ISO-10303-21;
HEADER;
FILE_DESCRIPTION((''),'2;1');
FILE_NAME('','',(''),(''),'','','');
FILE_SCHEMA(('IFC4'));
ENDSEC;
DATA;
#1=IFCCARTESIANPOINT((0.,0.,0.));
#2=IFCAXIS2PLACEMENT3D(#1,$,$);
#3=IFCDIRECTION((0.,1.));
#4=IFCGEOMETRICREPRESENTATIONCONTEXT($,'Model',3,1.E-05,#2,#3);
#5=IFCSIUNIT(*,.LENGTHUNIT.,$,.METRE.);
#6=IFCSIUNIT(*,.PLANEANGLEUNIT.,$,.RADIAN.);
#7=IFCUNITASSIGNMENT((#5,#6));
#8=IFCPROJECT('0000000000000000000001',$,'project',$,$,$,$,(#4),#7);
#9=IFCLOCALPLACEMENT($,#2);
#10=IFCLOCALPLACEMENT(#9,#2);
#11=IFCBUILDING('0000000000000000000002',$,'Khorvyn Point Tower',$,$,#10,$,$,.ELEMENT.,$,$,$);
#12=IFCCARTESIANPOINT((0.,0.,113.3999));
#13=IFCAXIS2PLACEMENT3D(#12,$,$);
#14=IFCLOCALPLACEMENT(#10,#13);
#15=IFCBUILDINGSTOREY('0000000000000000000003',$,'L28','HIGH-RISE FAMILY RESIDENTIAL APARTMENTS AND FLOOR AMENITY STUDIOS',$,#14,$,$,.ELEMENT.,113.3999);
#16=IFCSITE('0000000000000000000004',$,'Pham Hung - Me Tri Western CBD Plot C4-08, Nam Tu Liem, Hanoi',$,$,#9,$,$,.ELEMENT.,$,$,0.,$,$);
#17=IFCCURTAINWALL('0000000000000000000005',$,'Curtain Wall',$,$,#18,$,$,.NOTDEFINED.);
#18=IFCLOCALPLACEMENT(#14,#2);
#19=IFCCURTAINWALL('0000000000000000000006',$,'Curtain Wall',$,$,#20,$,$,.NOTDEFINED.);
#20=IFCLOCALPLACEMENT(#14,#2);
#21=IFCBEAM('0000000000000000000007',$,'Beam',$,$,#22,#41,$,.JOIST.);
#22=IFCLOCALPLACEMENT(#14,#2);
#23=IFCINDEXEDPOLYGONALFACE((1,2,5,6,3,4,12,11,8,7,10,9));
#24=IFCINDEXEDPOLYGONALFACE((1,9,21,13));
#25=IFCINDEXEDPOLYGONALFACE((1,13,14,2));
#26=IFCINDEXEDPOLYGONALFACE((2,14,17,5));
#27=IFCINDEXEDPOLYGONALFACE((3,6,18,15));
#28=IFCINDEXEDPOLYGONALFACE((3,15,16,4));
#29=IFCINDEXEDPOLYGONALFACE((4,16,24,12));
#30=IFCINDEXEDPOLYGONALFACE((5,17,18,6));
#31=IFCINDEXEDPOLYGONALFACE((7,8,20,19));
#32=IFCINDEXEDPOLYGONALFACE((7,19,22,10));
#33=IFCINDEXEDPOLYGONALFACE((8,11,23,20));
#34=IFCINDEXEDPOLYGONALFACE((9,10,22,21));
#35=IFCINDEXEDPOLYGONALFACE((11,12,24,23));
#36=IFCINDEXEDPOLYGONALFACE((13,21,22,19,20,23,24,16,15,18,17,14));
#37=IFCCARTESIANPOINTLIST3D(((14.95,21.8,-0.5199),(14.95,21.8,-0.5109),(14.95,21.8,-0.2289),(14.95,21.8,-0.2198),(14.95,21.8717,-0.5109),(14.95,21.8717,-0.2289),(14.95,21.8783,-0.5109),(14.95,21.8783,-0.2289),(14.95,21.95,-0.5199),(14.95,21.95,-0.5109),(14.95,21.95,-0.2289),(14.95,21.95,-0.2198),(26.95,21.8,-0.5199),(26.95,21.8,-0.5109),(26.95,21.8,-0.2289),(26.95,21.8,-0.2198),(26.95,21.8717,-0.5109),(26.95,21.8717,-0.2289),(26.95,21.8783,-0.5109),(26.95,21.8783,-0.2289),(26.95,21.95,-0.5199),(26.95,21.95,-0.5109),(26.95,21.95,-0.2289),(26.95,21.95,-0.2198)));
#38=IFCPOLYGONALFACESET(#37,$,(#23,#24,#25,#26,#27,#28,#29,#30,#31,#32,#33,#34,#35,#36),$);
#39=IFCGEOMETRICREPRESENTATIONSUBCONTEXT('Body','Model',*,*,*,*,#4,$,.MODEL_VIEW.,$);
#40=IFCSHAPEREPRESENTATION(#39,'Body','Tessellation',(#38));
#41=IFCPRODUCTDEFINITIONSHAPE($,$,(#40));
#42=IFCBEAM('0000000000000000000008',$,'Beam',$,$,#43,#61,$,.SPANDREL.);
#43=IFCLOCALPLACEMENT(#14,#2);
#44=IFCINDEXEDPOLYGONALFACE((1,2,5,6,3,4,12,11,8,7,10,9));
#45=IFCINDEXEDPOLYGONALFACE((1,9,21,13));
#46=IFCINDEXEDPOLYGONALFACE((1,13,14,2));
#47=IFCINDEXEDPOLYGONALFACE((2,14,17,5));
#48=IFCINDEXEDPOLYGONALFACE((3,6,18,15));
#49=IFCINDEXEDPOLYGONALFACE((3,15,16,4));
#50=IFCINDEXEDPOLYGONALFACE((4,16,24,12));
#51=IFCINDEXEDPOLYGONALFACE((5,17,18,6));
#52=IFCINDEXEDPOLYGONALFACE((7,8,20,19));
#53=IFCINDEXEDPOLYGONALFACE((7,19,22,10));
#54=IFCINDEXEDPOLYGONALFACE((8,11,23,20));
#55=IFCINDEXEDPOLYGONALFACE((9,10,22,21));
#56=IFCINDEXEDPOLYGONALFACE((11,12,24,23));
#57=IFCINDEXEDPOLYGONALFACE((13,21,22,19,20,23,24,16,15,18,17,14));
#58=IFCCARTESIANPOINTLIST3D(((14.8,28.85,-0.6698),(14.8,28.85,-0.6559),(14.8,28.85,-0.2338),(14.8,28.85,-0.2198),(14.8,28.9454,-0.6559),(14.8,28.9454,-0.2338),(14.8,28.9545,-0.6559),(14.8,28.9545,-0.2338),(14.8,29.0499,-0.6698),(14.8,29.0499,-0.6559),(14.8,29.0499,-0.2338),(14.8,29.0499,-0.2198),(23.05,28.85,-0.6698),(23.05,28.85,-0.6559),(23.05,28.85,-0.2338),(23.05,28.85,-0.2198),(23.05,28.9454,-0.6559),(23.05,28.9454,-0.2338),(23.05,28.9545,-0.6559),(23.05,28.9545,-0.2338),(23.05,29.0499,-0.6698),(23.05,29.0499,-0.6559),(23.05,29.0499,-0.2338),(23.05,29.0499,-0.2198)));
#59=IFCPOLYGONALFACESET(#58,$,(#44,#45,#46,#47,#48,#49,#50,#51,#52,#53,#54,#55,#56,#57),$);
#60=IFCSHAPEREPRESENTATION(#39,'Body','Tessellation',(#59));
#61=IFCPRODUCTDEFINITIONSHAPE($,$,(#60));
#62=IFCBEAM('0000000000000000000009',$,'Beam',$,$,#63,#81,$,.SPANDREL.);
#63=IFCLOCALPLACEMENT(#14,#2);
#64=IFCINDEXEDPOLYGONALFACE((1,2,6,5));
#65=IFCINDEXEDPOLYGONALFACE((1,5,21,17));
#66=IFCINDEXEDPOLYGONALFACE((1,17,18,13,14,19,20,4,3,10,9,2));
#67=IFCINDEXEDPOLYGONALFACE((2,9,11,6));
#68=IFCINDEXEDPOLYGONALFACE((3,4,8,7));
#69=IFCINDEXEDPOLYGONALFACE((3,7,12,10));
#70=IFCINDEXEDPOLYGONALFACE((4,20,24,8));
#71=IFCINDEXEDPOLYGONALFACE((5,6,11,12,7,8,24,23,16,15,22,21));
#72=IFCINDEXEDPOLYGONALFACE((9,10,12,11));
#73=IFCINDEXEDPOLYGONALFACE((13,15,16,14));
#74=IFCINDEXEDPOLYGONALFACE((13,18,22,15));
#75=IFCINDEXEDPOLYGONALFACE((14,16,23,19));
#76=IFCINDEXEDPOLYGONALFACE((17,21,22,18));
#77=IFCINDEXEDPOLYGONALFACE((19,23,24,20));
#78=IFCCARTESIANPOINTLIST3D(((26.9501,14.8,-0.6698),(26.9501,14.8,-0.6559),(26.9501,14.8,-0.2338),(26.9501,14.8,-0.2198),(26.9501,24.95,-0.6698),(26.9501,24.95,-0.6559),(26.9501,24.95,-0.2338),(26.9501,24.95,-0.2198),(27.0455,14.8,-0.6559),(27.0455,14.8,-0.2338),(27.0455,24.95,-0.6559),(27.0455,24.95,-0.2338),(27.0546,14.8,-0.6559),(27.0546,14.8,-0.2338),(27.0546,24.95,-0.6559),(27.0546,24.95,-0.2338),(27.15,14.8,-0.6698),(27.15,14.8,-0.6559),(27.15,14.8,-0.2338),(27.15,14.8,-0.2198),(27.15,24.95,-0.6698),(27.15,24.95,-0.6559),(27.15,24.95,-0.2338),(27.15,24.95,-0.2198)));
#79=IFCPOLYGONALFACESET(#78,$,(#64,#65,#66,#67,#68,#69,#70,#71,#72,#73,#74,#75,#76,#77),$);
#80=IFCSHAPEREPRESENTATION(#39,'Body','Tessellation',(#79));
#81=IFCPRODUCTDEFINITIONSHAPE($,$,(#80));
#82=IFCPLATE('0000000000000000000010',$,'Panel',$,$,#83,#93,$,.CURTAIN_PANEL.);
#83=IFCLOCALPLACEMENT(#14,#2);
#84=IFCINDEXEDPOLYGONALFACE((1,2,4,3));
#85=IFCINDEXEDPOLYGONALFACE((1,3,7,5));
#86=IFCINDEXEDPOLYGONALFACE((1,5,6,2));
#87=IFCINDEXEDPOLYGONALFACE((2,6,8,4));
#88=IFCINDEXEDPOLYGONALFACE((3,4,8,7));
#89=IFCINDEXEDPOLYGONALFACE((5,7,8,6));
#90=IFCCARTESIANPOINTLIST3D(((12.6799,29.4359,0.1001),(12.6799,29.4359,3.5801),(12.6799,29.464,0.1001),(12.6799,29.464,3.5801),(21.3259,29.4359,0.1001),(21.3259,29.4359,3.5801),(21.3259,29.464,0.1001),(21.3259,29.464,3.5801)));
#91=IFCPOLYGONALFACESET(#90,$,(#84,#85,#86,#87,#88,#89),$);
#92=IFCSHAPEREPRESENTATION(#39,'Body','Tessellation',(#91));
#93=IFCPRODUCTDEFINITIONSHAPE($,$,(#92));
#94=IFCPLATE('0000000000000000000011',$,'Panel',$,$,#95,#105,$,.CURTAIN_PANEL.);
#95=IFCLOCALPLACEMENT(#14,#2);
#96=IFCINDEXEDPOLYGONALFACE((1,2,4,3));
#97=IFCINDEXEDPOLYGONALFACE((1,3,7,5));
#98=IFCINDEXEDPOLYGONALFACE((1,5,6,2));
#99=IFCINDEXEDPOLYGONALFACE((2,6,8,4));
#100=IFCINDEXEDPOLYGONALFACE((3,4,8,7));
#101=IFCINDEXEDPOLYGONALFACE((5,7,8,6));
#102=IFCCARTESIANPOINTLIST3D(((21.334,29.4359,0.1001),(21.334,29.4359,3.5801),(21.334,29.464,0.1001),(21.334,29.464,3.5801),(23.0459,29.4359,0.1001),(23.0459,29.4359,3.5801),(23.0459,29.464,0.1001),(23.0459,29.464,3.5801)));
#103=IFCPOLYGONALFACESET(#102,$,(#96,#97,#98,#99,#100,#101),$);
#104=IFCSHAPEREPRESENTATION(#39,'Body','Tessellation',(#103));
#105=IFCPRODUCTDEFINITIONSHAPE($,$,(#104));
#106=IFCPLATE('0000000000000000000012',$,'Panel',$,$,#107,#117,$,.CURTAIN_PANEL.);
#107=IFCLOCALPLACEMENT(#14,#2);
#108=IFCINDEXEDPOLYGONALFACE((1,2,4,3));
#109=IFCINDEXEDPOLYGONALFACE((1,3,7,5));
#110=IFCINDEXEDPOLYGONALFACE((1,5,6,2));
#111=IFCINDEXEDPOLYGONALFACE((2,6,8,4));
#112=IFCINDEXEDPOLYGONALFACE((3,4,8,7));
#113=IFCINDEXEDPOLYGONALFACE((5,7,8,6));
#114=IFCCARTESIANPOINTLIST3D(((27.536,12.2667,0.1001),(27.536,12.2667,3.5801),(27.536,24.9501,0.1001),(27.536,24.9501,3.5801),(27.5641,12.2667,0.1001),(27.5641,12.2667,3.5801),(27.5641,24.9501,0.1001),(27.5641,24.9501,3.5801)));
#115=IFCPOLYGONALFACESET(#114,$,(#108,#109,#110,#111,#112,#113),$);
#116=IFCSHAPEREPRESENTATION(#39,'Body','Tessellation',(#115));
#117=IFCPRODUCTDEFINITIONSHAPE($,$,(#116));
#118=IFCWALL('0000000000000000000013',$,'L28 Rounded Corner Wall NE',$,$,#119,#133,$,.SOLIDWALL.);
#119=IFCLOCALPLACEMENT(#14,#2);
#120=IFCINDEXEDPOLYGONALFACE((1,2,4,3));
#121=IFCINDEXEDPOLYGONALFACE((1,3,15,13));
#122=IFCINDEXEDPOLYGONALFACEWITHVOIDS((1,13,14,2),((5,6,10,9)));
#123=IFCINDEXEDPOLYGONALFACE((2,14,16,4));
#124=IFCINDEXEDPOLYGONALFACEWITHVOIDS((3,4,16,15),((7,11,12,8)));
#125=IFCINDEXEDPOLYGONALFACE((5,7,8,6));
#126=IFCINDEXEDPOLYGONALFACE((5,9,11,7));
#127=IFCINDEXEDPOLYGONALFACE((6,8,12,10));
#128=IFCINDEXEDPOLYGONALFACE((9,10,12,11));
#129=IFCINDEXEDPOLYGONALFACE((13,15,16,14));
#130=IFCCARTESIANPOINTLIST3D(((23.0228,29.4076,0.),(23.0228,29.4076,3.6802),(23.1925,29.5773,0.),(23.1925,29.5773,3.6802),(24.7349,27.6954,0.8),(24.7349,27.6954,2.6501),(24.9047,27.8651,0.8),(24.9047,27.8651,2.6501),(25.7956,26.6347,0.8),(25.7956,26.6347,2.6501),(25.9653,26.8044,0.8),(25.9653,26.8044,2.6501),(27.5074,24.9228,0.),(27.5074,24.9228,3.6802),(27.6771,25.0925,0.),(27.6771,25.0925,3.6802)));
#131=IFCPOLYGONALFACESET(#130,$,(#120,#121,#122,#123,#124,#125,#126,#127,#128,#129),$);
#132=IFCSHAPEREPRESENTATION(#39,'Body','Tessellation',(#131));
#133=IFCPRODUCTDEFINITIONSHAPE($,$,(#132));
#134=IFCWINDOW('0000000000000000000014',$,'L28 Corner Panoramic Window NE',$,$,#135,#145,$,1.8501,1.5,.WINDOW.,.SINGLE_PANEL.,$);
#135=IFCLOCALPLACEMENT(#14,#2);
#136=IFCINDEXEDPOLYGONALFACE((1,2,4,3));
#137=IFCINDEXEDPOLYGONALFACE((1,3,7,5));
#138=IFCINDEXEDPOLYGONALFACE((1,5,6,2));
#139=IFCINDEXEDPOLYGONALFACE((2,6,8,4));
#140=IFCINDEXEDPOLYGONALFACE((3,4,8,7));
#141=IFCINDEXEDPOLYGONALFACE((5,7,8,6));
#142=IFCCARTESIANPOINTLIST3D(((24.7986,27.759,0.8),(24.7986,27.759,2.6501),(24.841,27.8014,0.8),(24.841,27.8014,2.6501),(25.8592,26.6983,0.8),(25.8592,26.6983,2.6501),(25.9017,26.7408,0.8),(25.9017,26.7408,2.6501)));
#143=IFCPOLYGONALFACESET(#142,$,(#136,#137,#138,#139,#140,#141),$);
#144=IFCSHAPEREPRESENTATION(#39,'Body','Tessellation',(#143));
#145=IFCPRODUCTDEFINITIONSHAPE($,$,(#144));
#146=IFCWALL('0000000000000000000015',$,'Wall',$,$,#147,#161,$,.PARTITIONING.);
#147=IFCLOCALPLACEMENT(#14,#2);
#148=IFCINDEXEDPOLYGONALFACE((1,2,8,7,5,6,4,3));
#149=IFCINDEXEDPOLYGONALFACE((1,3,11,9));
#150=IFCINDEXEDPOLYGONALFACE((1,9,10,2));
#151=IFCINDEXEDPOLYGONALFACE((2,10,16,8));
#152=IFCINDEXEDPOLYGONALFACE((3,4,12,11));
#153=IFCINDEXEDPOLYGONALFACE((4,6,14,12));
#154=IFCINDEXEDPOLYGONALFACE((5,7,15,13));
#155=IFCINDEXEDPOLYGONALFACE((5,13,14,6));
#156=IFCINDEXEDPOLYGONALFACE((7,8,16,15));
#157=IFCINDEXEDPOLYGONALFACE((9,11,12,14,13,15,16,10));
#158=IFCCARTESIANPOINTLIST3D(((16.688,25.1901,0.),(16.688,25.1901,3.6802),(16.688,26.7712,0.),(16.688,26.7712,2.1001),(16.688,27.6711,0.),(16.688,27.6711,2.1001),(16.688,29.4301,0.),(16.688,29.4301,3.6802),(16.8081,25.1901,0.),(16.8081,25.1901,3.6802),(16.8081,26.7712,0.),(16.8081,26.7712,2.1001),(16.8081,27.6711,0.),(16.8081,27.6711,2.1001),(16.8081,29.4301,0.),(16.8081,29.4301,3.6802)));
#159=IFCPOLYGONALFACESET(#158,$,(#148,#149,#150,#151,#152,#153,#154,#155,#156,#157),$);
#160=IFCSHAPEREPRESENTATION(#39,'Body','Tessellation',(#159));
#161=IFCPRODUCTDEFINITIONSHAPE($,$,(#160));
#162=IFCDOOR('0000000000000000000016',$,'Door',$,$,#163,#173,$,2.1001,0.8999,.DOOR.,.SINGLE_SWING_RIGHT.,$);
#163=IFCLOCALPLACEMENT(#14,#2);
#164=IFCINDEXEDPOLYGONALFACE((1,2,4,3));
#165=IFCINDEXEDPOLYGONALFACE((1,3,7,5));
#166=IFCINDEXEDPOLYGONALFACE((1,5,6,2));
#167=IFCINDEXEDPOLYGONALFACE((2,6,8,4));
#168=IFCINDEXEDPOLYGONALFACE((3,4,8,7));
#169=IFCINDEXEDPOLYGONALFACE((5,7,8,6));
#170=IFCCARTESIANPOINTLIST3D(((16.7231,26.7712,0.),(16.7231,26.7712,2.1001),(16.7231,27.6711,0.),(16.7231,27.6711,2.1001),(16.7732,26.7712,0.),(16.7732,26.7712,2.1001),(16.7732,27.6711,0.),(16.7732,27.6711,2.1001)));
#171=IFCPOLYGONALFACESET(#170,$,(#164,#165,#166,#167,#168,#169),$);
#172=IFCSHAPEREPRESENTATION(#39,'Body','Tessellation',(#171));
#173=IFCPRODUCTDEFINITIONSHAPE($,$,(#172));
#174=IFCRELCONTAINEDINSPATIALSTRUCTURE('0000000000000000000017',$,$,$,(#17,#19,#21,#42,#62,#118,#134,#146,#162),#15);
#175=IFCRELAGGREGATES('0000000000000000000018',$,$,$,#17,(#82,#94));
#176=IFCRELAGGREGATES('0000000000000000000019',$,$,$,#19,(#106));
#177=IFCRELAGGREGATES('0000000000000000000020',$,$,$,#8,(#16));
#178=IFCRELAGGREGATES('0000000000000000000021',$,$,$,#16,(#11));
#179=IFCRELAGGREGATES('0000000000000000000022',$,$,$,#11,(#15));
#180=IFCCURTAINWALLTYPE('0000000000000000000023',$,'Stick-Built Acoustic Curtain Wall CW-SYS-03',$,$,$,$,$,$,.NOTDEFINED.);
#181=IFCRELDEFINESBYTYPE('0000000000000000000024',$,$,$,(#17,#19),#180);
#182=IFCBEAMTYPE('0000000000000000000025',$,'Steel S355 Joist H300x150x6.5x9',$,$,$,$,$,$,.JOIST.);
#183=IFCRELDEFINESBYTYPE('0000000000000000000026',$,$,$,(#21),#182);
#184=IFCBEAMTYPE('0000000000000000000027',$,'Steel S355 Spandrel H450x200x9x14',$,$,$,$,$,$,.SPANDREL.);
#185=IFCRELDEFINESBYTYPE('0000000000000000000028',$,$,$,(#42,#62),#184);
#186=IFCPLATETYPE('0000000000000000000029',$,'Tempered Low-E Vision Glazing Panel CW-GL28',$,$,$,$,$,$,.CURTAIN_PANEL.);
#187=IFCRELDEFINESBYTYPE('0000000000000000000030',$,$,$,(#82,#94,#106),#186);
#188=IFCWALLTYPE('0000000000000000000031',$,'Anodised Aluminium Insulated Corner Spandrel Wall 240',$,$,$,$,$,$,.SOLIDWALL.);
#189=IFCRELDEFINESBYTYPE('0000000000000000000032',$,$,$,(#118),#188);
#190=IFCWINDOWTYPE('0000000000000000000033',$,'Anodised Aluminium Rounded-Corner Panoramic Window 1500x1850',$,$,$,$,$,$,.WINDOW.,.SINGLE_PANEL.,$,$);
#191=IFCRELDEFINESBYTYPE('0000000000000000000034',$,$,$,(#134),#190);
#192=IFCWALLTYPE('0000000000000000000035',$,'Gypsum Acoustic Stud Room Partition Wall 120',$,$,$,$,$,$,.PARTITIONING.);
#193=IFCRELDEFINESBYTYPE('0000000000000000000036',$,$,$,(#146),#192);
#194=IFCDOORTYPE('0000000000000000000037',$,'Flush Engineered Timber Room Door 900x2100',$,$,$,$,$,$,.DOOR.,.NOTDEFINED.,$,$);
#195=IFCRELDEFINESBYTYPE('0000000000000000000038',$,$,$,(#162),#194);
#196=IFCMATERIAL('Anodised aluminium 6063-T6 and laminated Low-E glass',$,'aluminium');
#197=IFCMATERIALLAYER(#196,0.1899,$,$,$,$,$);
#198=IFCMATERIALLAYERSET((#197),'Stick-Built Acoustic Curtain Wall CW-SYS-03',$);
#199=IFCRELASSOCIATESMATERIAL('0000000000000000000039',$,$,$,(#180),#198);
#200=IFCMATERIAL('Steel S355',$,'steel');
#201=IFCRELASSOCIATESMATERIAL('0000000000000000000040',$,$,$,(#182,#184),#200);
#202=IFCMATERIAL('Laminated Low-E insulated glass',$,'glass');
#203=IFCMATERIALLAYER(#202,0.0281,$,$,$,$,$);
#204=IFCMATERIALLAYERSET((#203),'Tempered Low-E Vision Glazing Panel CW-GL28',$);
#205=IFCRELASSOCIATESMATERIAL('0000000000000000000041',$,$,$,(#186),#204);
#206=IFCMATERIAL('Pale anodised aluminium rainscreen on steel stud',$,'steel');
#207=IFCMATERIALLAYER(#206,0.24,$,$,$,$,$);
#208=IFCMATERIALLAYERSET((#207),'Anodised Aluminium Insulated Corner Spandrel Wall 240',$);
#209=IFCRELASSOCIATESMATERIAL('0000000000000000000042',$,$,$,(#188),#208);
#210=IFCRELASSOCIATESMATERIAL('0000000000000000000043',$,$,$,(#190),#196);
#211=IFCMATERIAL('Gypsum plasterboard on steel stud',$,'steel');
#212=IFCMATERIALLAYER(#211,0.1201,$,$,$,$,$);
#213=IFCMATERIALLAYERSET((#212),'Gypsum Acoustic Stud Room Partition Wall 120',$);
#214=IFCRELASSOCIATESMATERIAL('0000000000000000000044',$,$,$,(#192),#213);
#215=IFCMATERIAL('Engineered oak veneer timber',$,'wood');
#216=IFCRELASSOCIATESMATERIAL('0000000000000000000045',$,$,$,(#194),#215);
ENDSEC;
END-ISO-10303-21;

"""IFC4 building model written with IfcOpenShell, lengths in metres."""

from ifc_helpers import new_model, si_unit, direction, frame, frame_2d, origin, origin_2d, place, context, subcontext, project, spatial, rectangle, i_section, extrude, material, layer, layer_set, material_profile, profile_set, type_object, element, fill, aggregate, save


model = new_model("IFC4")

# Units and contexts
model_context = context("Model", 3, precision=1e-05, world=origin(), true_north=direction((0.0, 1.0)))
body_context = subcontext(model_context, "Body", "Model", "MODEL_VIEW")
ifc_project = project(units=[si_unit("LENGTHUNIT", "METRE"), si_unit("PLANEANGLEUNIT", "RADIAN")], contexts=[model_context])

# Site, building, storey
site_placement = place(None, origin())
site = spatial("IfcSite", under=ifc_project, at=site_placement, Name="Pham Hung - Me Tri Western CBD Plot C4-08, Nam Tu Liem, Hanoi", CompositionType="ELEMENT", RefElevation=0.0)
building_placement = place(site_placement, origin())
building = spatial("IfcBuilding", under=site, at=building_placement, Name="Khorvyn Point Tower", CompositionType="ELEMENT")
storey_placement = place(building_placement, frame((0.0, 0.0, 113.3999)))
storey = spatial("IfcBuildingStorey", under=building, at=storey_placement, Name="L28", Description="HIGH-RISE FAMILY RESIDENTIAL APARTMENTS AND FLOOR AMENITY STUDIOS", CompositionType="ELEMENT", Elevation=113.3999)

# Curtain wall
ifc_material_1 = material(Name="Anodised aluminium 6063-T6 and laminated Low-E glass", Category="aluminium")
ifc_layer_1 = layer(ifc_material_1, 0.1899)
ifc_layer_set_1 = layer_set([ifc_layer_1], Name="Stick-Built Acoustic Curtain Wall CW-SYS-03")
curtain_wall_type = type_object("IfcCurtainWallType", Name="Stick-Built Acoustic Curtain Wall CW-SYS-03", PredefinedType="NOTDEFINED", material=ifc_layer_set_1)
curtain_wall_1_placement = place(storey_placement, origin())
curtain_wall_1 = element("IfcCurtainWall", 1, at=curtain_wall_1_placement, inside=storey, type_object=curtain_wall_type, Name="Curtain Wall", PredefinedType="NOTDEFINED")

# Curtain wall
curtain_wall_2_placement = place(storey_placement, origin())
curtain_wall_2 = element("IfcCurtainWall", 2, at=curtain_wall_2_placement, inside=storey, type_object=curtain_wall_type, Name="Curtain Wall", PredefinedType="NOTDEFINED")

# Beams
ifc_material_2 = material(Name="Steel S355", Category="steel")
ifc_material_profile_1 = material_profile(ifc_material_2, i_section(OverallWidth=0.1499, OverallDepth=0.3, WebThickness=0.0066, FlangeThickness=0.009, at=origin_2d()))
ifc_profile_set_1 = profile_set([ifc_material_profile_1], Name="Steel S355 H300x150x6.5x9")
beam_type_1 = type_object("IfcBeamType", Name="Steel S355 Joist H300x150x6.5x9", PredefinedType="JOIST", material=ifc_profile_set_1)
beam_1_placement = place(storey_placement, frame((14.95, 21.875, -0.3699), z_axis=(1.0, 0.0, 0.0), x_axis=(0.0, 1.0, 0.0)))
element("IfcBeam", 3, at=beam_1_placement, inside=storey, type_object=beam_type_1, Name="Beam", PredefinedType="JOIST", context=body_context, shape_type="SweptSolid", body=[
    extrude(i_section(OverallWidth=0.1499, OverallDepth=0.3, WebThickness=0.0066, FlangeThickness=0.009, at=origin_2d()), origin(), (0.0, 0.0, 1.0), 12.0),
])
ifc_material_profile_2 = material_profile(ifc_material_2, i_section(OverallWidth=0.2, OverallDepth=0.45, WebThickness=0.009, FlangeThickness=0.0139, at=origin_2d()))
ifc_profile_set_2 = profile_set([ifc_material_profile_2], Name="Steel S355 H450x200x9x14")
beam_type_2 = type_object("IfcBeamType", Name="Steel S355 Spandrel H450x200x9x14", PredefinedType="SPANDREL", material=ifc_profile_set_2)
beam_2_placement = place(storey_placement, frame((14.8, 28.95, -0.4448), z_axis=(1.0, 0.0, 0.0), x_axis=(0.0, 1.0, 0.0)))
element("IfcBeam", 4, at=beam_2_placement, inside=storey, type_object=beam_type_2, Name="Beam", PredefinedType="SPANDREL", context=body_context, shape_type="SweptSolid", body=[
    extrude(i_section(OverallWidth=0.2, OverallDepth=0.45, WebThickness=0.009, FlangeThickness=0.0139, at=origin_2d()), origin(), (0.0, 0.0, 1.0), 8.25),
])
beam_3_placement = place(storey_placement, frame((27.05, 14.8, -0.4448), z_axis=(0.0, 1.0, 0.0), x_axis=(-1.0, 0.0, 0.0)))
element("IfcBeam", 5, at=beam_3_placement, inside=storey, type_object=beam_type_2, Name="Beam", PredefinedType="SPANDREL", context=body_context, shape_type="SweptSolid", body=[
    extrude(i_section(OverallWidth=0.2, OverallDepth=0.45, WebThickness=0.009, FlangeThickness=0.0139, at=origin_2d()), origin(), (0.0, 0.0, 1.0), 10.1499),
])

# Plates
ifc_material_3 = material(Name="Laminated Low-E insulated glass", Category="glass")
ifc_layer_2 = layer(ifc_material_3, 0.0281)
ifc_layer_set_2 = layer_set([ifc_layer_2], Name="Tempered Low-E Vision Glazing Panel CW-GL28")
plate_type = type_object("IfcPlateType", Name="Tempered Low-E Vision Glazing Panel CW-GL28", PredefinedType="CURTAIN_PANEL", material=ifc_layer_set_2)
plate_1_placement = place(storey_placement, frame((17.0029, 29.45, 0.1001), z_axis=(0.0, 0.0, 1.0), x_axis=(1.0, 0.0, 0.0)))
plate_1 = element("IfcPlate", 6, at=plate_1_placement, type_object=plate_type, Name="Panel", PredefinedType="CURTAIN_PANEL", context=body_context, shape_type="SweptSolid", body=[
    extrude(rectangle(XDim=8.646, YDim=0.0281, at=origin_2d()), origin(), (0.0, 0.0, 1.0), 3.48),
])
plate_2_placement = place(storey_placement, frame((22.1899, 29.45, 0.1001), z_axis=(0.0, 0.0, 1.0), x_axis=(1.0, 0.0, 0.0)))
plate_2 = element("IfcPlate", 7, at=plate_2_placement, type_object=plate_type, Name="Panel", PredefinedType="CURTAIN_PANEL", context=body_context, shape_type="SweptSolid", body=[
    extrude(rectangle(XDim=1.7119, YDim=0.0281, at=origin_2d()), origin(), (0.0, 0.0, 1.0), 3.48),
])
aggregate(curtain_wall_1, [plate_1, plate_2])
plate_3_placement = place(storey_placement, frame((27.55, 18.6084, 0.1001), z_axis=(0.0, 0.0, 1.0), x_axis=(0.0, -1.0, 0.0)))
plate_3 = element("IfcPlate", 8, at=plate_3_placement, type_object=plate_type, Name="Panel", PredefinedType="CURTAIN_PANEL", context=body_context, shape_type="SweptSolid", body=[
    extrude(rectangle(XDim=12.6833, YDim=0.0281, at=origin_2d()), origin(), (0.0, 0.0, 1.0), 3.48),
])
aggregate(curtain_wall_2, [plate_3])

# Wall, opening, window
ifc_material_4 = material(Name="Pale anodised aluminium rainscreen on steel stud", Category="steel")
ifc_layer_3 = layer(ifc_material_4, 0.24)
ifc_layer_set_3 = layer_set([ifc_layer_3], Name="Anodised Aluminium Insulated Corner Spandrel Wall 240")
wall_type_1 = type_object("IfcWallType", Name="Anodised Aluminium Insulated Corner Spandrel Wall 240", PredefinedType="SOLIDWALL", material=ifc_layer_set_3)
wall_1_placement = place(storey_placement, frame((23.1077, 29.4924, 0.0), z_axis=(0.0, 0.0, 1.0), x_axis=(0.707088, -0.707126, 0.0)))
wall_1 = element("IfcWall", 9, at=wall_1_placement, inside=storey, type_object=wall_type_1, Name="L28 Rounded Corner Wall NE", PredefinedType="SOLIDWALL", context=body_context, shape_type="SweptSolid", body=[
    extrude(rectangle(XDim=6.3423, YDim=0.24, at=frame_2d((3.1711, 0.0))), origin(), (0.0, 0.0, 1.0), 3.6802),
])
opening_1_placement = place(wall_1_placement, frame((2.4214, 0.0, 0.8)))
opening_1 = element("IfcOpeningElement", 10, at=opening_1_placement, cuts=wall_1, PredefinedType="OPENING", context=body_context, shape_type="SweptSolid", body=[
    extrude(rectangle(XDim=1.5, YDim=1.8501, at=frame_2d((0.75, 0.925))), frame((0.0, 0.1299, 0.0), z_axis=(0.0, -1.0, 0.0), x_axis=(1.0, 0.0, 0.0)), (0.0, 0.0, 1.0), 0.26),
])
window_type = type_object("IfcWindowType", Name="Anodised Aluminium Rounded-Corner Panoramic Window 1500x1850", PartitioningType="SINGLE_PANEL", PredefinedType="WINDOW", material=ifc_material_1)
window_placement = place(opening_1_placement, origin())
window = element("IfcWindow", 11, at=window_placement, inside=storey, type_object=window_type, Name="L28 Corner Panoramic Window NE", OverallHeight=1.8501, OverallWidth=1.5, PartitioningType="SINGLE_PANEL", PredefinedType="WINDOW", context=body_context, shape_type="SweptSolid", body=[
    extrude(rectangle(XDim=1.5, YDim=1.8501, at=frame_2d((0.75, 0.925))), frame((0.0, 0.03, 0.0), z_axis=(0.0, -1.0, 0.0), x_axis=(1.0, 0.0, 0.0)), (0.0, 0.0, 1.0), 0.0601),
])
fill(opening_1, window)

# Wall, opening, door
ifc_material_5 = material(Name="Gypsum plasterboard on steel stud", Category="steel")
ifc_layer_4 = layer(ifc_material_5, 0.1201)
ifc_layer_set_4 = layer_set([ifc_layer_4], Name="Gypsum Acoustic Stud Room Partition Wall 120")
wall_type_2 = type_object("IfcWallType", Name="Gypsum Acoustic Stud Room Partition Wall 120", PredefinedType="PARTITIONING", material=ifc_layer_set_4)
wall_2_placement = place(storey_placement, frame((16.748, 25.1899, 0.0), z_axis=(0.0, 0.0, 1.0), x_axis=(0.0, 1.0, 0.0)))
wall_2 = element("IfcWall", 12, at=wall_2_placement, inside=storey, type_object=wall_type_2, Name="Wall", PredefinedType="PARTITIONING", context=body_context, shape_type="SweptSolid", body=[
    extrude(rectangle(XDim=4.24, YDim=0.1201, at=frame_2d((2.1201, 0.0))), origin(), (0.0, 0.0, 1.0), 3.6802),
])
opening_2_placement = place(wall_2_placement, frame((1.5813, 0.0, 0.0)))
opening_2 = element("IfcOpeningElement", 13, at=opening_2_placement, cuts=wall_2, PredefinedType="OPENING", context=body_context, shape_type="SweptSolid", body=[
    extrude(rectangle(XDim=0.8999, YDim=2.1001, at=frame_2d((0.45, 1.05))), frame((0.0, 0.0701, 0.0), z_axis=(0.0, -1.0, 0.0), x_axis=(1.0, 0.0, 0.0)), (0.0, 0.0, 1.0), 0.1401),
])
ifc_material_6 = material(Name="Engineered oak veneer timber", Category="wood")
door_type_1 = type_object("IfcDoorType", Name="Flush Engineered Timber Room Door 900x2100", OperationType="NOTDEFINED", PredefinedType="DOOR", material=ifc_material_6)
door_1_placement = place(opening_2_placement, origin())
door_1 = element("IfcDoor", 14, at=door_1_placement, inside=storey, type_object=door_type_1, Name="Door", OperationType="SINGLE_SWING_RIGHT", OverallHeight=2.1001, OverallWidth=0.8999, PredefinedType="DOOR", context=body_context, shape_type="SweptSolid", body=[
    extrude(rectangle(XDim=0.8999, YDim=2.1001, at=frame_2d((0.45, 1.05))), frame((0.0, 0.0249, 0.0), z_axis=(0.0, -1.0, 0.0), x_axis=(1.0, 0.0, 0.0)), (0.0, 0.0, 1.0), 0.05),
])
fill(opening_2, door_1)

save(model, "model.ifc")
